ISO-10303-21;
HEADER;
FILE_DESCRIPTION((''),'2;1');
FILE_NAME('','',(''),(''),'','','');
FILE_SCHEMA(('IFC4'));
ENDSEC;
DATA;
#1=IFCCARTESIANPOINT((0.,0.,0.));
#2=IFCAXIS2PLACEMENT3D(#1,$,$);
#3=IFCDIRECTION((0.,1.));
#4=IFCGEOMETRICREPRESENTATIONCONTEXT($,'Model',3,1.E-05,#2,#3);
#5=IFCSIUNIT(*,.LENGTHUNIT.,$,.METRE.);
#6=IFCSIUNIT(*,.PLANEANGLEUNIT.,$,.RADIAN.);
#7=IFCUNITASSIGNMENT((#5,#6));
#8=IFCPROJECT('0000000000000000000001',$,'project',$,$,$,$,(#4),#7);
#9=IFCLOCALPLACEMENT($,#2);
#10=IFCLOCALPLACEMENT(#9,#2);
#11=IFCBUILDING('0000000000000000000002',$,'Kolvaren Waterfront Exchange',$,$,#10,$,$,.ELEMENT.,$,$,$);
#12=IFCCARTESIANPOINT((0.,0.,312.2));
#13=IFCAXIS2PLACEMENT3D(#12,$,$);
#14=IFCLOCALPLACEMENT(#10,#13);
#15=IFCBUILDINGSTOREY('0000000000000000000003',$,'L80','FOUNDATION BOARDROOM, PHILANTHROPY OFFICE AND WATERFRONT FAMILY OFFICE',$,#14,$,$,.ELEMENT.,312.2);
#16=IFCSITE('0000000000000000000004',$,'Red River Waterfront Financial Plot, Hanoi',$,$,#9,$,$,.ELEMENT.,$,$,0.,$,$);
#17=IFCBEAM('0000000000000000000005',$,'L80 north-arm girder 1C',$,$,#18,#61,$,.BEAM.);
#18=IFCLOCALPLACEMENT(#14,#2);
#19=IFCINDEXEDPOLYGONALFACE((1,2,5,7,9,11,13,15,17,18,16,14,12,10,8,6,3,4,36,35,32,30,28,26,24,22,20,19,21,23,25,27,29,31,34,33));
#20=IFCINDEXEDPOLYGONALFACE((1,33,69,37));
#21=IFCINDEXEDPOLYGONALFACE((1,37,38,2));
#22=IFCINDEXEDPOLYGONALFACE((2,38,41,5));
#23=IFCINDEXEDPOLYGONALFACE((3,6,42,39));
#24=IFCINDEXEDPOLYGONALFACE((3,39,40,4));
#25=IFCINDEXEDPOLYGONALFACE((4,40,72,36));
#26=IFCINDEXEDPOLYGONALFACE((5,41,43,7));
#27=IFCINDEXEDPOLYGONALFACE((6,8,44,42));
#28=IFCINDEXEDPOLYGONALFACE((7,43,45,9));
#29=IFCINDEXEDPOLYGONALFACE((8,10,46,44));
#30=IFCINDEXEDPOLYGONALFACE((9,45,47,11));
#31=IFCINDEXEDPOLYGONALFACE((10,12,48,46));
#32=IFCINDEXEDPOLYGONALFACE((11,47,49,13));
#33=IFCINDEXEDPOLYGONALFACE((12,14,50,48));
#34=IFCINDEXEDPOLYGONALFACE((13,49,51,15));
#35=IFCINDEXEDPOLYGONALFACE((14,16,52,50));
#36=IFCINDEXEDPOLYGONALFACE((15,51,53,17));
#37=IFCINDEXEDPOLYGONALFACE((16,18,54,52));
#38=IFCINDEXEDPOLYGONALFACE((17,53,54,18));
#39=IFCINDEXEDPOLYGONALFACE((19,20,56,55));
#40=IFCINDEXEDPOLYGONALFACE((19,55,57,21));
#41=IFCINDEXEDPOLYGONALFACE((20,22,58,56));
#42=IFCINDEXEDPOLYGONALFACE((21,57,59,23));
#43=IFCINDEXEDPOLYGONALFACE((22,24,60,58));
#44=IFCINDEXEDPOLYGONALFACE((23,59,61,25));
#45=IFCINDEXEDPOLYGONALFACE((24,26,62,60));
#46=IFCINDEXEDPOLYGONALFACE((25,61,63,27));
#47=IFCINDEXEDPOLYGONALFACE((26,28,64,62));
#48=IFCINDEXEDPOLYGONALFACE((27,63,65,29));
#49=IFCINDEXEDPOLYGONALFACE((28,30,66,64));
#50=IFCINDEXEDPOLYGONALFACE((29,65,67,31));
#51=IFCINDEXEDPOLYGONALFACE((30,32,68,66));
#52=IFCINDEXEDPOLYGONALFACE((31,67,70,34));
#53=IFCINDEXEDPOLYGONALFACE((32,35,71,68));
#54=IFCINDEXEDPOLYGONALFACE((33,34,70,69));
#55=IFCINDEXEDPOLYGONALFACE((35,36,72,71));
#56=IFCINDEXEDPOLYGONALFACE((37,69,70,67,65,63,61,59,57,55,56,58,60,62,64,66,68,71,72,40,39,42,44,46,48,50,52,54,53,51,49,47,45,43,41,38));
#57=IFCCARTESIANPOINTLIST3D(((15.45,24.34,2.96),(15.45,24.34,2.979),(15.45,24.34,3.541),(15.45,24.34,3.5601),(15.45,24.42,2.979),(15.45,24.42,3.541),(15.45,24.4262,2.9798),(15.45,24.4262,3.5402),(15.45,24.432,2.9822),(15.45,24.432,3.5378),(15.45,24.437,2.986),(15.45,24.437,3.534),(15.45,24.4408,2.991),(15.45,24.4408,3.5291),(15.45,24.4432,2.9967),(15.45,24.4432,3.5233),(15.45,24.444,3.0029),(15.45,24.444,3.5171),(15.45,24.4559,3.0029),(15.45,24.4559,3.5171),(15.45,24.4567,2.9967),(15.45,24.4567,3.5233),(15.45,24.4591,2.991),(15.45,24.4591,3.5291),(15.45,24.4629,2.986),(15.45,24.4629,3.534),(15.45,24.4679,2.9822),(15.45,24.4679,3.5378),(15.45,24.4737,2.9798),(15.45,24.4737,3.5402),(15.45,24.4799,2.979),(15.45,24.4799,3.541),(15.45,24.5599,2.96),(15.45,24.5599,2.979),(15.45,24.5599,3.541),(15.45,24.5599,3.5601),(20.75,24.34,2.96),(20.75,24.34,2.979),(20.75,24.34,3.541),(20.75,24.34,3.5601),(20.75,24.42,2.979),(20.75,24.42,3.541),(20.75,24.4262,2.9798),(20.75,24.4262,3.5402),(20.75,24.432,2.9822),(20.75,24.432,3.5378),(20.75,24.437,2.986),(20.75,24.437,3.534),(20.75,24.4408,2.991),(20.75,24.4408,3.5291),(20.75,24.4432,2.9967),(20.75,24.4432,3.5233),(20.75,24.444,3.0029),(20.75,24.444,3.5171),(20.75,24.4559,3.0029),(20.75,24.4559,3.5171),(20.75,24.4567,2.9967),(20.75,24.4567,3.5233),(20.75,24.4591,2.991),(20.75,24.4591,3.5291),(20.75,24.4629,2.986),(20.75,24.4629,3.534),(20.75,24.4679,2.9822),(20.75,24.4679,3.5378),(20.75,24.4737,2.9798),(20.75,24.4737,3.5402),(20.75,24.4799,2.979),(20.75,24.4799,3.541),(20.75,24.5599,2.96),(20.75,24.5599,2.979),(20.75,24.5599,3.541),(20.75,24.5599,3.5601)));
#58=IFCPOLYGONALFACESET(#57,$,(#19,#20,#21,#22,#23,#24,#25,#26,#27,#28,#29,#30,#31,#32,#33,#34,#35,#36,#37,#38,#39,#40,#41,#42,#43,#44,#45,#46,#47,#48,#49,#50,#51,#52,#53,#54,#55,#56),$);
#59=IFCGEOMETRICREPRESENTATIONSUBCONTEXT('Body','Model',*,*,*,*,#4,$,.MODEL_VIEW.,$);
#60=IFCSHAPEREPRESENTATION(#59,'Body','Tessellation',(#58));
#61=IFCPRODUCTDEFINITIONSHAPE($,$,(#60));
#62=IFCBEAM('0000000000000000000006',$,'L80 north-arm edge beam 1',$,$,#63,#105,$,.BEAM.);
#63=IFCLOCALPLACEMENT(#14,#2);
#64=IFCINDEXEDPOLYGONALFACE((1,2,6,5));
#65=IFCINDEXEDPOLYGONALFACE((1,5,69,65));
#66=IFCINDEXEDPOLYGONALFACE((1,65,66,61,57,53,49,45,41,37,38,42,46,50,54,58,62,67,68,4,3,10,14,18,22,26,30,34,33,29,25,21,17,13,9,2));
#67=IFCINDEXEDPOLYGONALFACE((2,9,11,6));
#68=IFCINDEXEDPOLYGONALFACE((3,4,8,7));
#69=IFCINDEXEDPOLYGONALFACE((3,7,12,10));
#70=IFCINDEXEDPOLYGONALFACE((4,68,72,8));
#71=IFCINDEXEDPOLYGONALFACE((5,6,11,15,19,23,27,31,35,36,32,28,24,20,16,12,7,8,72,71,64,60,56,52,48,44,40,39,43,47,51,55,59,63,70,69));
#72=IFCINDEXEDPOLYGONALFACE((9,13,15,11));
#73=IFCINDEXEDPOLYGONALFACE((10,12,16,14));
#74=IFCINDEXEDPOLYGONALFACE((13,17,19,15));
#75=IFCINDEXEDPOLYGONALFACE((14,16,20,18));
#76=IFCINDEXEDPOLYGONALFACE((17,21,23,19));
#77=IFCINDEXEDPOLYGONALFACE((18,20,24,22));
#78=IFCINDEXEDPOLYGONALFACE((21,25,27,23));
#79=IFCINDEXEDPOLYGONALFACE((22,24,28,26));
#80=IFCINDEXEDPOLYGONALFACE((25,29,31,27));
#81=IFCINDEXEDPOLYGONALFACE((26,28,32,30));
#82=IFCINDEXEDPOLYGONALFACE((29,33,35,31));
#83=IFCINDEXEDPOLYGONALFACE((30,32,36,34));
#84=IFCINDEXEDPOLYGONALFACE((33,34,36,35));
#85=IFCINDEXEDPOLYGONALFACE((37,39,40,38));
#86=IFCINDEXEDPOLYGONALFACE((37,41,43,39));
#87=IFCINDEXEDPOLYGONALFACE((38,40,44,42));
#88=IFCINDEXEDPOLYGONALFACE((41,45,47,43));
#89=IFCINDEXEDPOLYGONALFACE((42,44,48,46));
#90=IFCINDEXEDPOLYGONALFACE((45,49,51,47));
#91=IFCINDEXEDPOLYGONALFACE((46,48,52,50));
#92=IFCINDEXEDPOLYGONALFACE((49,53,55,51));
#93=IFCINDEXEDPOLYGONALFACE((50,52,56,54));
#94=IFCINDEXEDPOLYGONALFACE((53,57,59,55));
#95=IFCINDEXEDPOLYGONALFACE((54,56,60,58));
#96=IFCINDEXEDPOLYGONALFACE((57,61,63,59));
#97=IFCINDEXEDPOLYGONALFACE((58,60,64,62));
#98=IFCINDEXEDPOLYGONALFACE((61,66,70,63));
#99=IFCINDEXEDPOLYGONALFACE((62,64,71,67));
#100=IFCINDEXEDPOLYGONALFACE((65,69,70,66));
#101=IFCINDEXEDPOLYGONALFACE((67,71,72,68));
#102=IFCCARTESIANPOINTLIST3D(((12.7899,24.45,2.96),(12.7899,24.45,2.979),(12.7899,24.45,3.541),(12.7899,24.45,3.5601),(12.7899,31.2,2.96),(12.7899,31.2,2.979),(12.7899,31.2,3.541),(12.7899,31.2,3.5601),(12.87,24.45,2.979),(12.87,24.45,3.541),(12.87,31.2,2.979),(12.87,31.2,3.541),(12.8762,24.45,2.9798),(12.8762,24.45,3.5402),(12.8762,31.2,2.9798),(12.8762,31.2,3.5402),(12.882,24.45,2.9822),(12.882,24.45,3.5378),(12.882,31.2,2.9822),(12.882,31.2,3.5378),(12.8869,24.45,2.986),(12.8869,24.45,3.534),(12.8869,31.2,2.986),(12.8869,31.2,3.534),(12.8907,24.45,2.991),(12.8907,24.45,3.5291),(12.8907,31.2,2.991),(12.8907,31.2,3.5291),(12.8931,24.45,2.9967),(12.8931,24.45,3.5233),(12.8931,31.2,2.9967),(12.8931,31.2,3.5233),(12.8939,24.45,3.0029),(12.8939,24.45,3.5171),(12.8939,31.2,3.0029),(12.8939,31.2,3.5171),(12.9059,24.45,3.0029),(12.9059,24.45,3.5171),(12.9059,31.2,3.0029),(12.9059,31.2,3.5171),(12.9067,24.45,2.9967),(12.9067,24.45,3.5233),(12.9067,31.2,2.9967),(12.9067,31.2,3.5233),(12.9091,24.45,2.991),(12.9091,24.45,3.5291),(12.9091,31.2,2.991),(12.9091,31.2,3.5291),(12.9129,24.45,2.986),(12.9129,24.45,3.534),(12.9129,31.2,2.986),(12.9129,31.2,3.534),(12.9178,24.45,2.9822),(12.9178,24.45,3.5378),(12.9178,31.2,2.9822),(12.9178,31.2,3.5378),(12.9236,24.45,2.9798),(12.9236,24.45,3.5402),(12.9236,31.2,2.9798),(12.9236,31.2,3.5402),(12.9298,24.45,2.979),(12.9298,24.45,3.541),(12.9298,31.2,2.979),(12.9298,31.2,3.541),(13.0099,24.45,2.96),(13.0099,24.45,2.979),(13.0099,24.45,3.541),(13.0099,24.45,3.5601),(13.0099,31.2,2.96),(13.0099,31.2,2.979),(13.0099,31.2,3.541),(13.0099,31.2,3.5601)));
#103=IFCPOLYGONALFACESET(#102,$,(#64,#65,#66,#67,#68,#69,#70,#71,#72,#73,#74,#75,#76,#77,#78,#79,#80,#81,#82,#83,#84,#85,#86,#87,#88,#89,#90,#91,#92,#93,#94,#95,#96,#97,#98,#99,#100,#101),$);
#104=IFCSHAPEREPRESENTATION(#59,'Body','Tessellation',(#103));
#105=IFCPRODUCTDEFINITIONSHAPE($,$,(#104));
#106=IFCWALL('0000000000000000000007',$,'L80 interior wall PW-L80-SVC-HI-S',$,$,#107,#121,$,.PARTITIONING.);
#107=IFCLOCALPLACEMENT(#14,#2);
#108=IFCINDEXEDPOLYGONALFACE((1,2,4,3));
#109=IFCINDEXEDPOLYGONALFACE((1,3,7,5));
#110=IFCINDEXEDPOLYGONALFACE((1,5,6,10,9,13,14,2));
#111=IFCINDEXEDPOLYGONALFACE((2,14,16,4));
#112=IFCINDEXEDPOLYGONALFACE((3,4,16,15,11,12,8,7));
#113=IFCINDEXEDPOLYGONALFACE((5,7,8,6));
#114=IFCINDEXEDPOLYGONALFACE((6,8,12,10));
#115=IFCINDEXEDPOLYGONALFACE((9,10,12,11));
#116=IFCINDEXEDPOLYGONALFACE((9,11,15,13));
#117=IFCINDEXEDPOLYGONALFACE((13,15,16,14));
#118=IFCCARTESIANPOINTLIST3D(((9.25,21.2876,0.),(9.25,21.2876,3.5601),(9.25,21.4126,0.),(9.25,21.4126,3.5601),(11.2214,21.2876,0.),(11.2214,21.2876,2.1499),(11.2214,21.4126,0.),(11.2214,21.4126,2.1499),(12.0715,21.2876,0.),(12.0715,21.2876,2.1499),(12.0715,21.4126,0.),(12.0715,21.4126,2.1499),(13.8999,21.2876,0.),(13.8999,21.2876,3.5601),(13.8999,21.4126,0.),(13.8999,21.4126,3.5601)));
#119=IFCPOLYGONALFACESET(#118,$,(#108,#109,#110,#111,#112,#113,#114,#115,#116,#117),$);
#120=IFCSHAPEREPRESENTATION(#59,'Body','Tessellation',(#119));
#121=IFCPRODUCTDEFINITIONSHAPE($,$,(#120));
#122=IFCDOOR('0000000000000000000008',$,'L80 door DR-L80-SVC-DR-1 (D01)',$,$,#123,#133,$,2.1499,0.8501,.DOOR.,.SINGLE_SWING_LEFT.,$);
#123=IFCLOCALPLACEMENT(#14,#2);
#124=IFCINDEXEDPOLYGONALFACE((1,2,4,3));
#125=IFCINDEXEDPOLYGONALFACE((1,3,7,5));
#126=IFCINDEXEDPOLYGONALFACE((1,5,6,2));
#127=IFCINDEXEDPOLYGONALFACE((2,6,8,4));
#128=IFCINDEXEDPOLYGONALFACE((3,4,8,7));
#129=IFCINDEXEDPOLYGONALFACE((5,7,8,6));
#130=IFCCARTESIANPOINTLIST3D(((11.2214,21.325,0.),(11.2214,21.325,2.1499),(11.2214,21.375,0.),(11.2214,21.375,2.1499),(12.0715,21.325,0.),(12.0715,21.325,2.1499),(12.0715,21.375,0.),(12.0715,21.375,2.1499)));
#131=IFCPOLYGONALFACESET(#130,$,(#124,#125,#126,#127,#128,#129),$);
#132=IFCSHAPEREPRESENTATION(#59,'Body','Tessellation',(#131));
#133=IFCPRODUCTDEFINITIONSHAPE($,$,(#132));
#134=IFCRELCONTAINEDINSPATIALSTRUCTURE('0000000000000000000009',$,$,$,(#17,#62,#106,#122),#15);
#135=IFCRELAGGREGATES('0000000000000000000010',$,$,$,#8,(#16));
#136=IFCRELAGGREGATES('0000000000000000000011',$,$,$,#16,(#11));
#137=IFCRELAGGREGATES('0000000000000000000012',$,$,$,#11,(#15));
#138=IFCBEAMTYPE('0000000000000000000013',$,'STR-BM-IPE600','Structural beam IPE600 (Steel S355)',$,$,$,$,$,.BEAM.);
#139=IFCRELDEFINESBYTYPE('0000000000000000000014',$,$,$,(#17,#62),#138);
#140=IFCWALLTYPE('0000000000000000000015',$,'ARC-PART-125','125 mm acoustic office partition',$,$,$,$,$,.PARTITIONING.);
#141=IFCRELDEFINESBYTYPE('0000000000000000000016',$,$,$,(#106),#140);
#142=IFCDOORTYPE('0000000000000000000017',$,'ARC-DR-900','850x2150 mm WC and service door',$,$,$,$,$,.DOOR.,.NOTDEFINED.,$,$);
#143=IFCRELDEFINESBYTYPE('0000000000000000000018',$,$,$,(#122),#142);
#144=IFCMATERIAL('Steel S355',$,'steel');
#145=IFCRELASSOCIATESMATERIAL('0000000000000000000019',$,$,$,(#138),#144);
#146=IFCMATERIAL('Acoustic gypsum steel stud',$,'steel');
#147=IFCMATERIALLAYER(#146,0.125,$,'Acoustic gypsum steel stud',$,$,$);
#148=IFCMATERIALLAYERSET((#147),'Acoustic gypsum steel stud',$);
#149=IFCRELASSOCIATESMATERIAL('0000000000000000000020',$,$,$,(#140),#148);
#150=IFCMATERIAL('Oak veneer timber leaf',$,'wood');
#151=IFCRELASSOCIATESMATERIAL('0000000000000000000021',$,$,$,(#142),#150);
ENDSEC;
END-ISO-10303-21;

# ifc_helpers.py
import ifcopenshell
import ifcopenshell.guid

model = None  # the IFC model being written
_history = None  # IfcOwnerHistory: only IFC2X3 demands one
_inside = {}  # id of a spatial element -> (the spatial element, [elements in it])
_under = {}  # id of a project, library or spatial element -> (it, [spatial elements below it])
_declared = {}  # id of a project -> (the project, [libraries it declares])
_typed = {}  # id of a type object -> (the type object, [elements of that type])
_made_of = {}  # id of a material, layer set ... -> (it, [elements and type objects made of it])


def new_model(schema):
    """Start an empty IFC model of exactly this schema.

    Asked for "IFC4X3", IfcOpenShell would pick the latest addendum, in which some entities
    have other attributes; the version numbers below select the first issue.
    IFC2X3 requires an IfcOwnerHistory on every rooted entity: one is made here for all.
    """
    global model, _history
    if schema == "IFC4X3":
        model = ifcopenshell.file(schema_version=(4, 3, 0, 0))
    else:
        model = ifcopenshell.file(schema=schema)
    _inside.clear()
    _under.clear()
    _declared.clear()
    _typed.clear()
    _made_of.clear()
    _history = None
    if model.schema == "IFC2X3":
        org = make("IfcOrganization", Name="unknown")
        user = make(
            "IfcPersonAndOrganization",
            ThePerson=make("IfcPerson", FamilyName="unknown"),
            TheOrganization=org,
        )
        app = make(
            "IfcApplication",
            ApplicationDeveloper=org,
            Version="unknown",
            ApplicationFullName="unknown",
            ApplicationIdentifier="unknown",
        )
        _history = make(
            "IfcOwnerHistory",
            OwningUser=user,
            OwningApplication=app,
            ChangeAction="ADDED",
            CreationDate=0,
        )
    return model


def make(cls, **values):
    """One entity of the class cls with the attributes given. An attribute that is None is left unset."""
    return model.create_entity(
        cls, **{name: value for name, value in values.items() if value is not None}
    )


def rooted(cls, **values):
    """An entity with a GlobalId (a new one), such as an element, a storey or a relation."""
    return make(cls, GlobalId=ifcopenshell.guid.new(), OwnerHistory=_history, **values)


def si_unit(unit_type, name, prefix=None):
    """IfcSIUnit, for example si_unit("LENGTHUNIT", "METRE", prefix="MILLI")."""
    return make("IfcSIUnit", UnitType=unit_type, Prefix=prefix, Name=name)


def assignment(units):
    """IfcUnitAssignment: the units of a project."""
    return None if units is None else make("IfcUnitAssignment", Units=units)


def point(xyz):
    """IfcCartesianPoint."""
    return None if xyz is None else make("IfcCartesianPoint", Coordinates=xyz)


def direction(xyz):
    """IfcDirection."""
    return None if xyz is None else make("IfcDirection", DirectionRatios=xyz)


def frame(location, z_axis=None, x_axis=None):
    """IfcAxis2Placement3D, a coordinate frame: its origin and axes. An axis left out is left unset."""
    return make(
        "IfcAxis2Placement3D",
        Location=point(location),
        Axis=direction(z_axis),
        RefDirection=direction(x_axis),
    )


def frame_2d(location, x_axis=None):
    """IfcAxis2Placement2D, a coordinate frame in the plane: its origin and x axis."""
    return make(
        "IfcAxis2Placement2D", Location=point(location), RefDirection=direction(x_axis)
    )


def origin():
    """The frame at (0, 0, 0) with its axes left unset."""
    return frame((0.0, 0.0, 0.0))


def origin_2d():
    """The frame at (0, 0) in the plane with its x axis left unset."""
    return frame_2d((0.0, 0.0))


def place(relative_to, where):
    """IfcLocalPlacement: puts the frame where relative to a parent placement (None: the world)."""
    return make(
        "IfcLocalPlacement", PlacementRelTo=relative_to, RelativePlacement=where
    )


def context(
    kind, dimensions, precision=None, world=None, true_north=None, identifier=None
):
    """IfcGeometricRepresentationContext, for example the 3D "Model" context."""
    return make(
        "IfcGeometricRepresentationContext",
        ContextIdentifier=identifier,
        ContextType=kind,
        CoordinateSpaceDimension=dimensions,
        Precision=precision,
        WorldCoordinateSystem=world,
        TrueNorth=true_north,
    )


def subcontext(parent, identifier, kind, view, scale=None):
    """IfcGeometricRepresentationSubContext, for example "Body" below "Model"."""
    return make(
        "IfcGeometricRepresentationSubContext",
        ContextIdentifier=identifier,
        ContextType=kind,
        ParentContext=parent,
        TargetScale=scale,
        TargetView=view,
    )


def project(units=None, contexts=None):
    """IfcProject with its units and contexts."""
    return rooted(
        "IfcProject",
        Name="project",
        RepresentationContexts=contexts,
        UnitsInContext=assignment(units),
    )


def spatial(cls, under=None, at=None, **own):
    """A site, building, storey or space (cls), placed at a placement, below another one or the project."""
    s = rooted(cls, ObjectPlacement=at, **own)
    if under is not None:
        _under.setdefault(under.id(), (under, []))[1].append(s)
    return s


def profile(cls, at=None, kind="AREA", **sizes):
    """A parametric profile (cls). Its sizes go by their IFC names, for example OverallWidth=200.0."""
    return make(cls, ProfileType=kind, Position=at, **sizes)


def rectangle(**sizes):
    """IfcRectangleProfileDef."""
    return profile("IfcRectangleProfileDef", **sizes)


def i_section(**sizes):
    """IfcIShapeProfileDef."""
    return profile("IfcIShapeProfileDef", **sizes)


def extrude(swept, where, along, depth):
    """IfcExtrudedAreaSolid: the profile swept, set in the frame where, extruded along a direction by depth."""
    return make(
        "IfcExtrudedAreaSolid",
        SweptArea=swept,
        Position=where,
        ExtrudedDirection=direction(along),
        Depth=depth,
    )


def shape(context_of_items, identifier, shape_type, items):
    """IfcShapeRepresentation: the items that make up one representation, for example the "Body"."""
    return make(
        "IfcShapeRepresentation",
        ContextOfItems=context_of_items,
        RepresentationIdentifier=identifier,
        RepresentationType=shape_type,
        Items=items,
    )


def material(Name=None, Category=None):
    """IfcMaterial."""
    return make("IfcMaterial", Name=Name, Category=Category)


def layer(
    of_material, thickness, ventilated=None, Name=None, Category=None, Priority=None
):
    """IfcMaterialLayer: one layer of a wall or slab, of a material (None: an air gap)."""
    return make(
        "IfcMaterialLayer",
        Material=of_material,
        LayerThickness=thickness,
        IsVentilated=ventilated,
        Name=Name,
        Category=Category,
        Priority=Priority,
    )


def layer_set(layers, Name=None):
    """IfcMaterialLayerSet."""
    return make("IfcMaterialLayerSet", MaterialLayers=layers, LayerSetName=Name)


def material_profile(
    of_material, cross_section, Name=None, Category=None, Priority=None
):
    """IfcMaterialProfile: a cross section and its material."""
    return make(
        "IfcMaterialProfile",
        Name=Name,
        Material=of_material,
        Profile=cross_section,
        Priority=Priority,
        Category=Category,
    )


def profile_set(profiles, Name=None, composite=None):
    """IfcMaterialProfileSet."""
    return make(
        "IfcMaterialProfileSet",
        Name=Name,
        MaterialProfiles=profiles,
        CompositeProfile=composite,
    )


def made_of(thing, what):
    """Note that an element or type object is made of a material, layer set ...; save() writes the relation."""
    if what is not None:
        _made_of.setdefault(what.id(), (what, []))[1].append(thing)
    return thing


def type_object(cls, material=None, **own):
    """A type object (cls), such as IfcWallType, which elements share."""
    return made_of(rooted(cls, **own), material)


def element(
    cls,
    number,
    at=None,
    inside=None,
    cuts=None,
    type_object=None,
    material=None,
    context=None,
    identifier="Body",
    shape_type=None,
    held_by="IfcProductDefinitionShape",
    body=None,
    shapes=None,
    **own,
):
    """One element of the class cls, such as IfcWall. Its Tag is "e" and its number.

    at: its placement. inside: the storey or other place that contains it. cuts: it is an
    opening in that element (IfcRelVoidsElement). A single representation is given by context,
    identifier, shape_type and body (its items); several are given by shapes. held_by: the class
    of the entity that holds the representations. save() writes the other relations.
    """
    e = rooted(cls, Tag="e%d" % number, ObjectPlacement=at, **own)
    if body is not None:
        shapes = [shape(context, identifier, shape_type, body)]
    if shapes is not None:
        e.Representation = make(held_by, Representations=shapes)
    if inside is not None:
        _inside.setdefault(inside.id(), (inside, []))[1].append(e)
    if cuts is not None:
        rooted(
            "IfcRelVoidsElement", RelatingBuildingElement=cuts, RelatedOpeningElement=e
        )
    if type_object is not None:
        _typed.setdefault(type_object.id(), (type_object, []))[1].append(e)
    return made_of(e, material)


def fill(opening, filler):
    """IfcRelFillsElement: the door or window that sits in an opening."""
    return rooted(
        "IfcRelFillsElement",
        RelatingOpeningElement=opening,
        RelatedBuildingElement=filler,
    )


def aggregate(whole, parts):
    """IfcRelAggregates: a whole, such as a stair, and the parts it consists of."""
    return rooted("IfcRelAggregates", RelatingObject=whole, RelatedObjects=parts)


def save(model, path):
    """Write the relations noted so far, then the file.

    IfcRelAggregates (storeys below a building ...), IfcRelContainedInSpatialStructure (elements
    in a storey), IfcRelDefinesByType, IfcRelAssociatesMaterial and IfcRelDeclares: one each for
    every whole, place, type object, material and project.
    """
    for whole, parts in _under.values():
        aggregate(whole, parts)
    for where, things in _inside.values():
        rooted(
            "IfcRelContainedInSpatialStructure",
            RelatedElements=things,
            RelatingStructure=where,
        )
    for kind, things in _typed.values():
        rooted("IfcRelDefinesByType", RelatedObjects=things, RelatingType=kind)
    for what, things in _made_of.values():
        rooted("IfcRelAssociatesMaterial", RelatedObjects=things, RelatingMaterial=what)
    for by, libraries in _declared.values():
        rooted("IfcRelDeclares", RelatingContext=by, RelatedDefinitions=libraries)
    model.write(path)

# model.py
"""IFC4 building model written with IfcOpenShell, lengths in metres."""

from ifc_helpers import new_model, si_unit, direction, frame, frame_2d, origin, origin_2d, place, context, subcontext, project, spatial, rectangle, i_section, extrude, material, layer, layer_set, material_profile, profile_set, type_object, element, fill, save


model = new_model("IFC4")

# Units and contexts
model_context = context("Model", 3, precision=1e-05, world=origin(), true_north=direction((0.0, 1.0)))
body_context = subcontext(model_context, "Body", "Model", "MODEL_VIEW")
ifc_project = project(units=[si_unit("LENGTHUNIT", "METRE"), si_unit("PLANEANGLEUNIT", "RADIAN")], contexts=[model_context])

# Site, building, storey
site_placement = place(None, origin())
site = spatial("IfcSite", under=ifc_project, at=site_placement, Name="Red River Waterfront Financial Plot, Hanoi", CompositionType="ELEMENT", RefElevation=0.0)
building_placement = place(site_placement, origin())
building = spatial("IfcBuilding", under=site, at=building_placement, Name="Kolvaren Waterfront Exchange", CompositionType="ELEMENT")
storey_placement = place(building_placement, frame((0.0, 0.0, 312.2)))
storey = spatial("IfcBuildingStorey", under=building, at=storey_placement, Name="L80", Description="FOUNDATION BOARDROOM, PHILANTHROPY OFFICE AND WATERFRONT FAMILY OFFICE", CompositionType="ELEMENT", Elevation=312.2)

# Beams
ifc_material_1 = material(Name="Steel S355", Category="steel")
ifc_material_profile_1 = material_profile(ifc_material_1, i_section(OverallWidth=0.22, OverallDepth=0.6001, WebThickness=0.012, FlangeThickness=0.019, FilletRadius=0.0239, at=origin_2d()), Name="IPE600")
ifc_profile_set_1 = profile_set([ifc_material_profile_1], Name="Steel S355")
beam_type_1 = type_object("IfcBeamType", Name="STR-BM-IPE600", Description="Structural beam IPE600 (Steel S355)", PredefinedType="BEAM", material=ifc_profile_set_1)
beam_1_placement = place(storey_placement, frame((15.45, 24.45, 3.26), z_axis=(1.0, 0.0, 0.0), x_axis=(0.0, 1.0, 0.0)))
element("IfcBeam", 1, at=beam_1_placement, inside=storey, type_object=beam_type_1, Name="L80 north-arm girder 1C", PredefinedType="BEAM", context=body_context, shape_type="SweptSolid", body=[
    extrude(i_section(OverallWidth=0.22, OverallDepth=0.6001, WebThickness=0.012, FlangeThickness=0.019, FilletRadius=0.0239, at=origin_2d()), origin(), (0.0, 0.0, 1.0), 5.3),
])
beam_2_placement = place(storey_placement, frame((12.8999, 24.45, 3.26), z_axis=(0.0, 1.0, 0.0), x_axis=(-1.0, 0.0, 0.0)))
element("IfcBeam", 2, at=beam_2_placement, inside=storey, type_object=beam_type_1, Name="L80 north-arm edge beam 1", PredefinedType="BEAM", context=body_context, shape_type="SweptSolid", body=[
    extrude(i_section(OverallWidth=0.22, OverallDepth=0.6001, WebThickness=0.012, FlangeThickness=0.019, FilletRadius=0.0239, at=origin_2d()), origin(), (0.0, 0.0, 1.0), 6.75),
])

# Wall, opening, door
ifc_material_2 = material(Name="Acoustic gypsum steel stud", Category="steel")
ifc_layer_1 = layer(ifc_material_2, 0.125, Name="Acoustic gypsum steel stud")
ifc_layer_set_1 = layer_set([ifc_layer_1], Name="Acoustic gypsum steel stud")
wall_type_1 = type_object("IfcWallType", Name="ARC-PART-125", Description="125 mm acoustic office partition", PredefinedType="PARTITIONING", material=ifc_layer_set_1)
wall_1_placement = place(storey_placement, frame((9.25, 21.3501, 0.0), z_axis=(0.0, 0.0, 1.0), x_axis=(1.0, 0.0, 0.0)))
wall_1 = element("IfcWall", 3, at=wall_1_placement, inside=storey, type_object=wall_type_1, Name="L80 interior wall PW-L80-SVC-HI-S", PredefinedType="PARTITIONING", context=body_context, shape_type="SweptSolid", body=[
    extrude(rectangle(XDim=4.6499, YDim=0.125, at=frame_2d((2.325, 0.0))), origin(), (0.0, 0.0, 1.0), 3.5601),
])
opening_1_placement = place(wall_1_placement, frame((1.9714, 0.0, 0.0)))
opening_1 = element("IfcOpeningElement", 4, at=opening_1_placement, cuts=wall_1, PredefinedType="OPENING", context=body_context, shape_type="SweptSolid", body=[
    extrude(rectangle(XDim=0.8501, YDim=2.1499, at=frame_2d((0.425, 1.075))), frame((0.0, 0.0725, 0.0), z_axis=(0.0, -1.0, 0.0), x_axis=(1.0, 0.0, 0.0)), (0.0, 0.0, 1.0), 0.145),
])
ifc_material_3 = material(Name="Oak veneer timber leaf", Category="wood")
door_type_1 = type_object("IfcDoorType", Name="ARC-DR-900", Description="850x2150 mm WC and service door", OperationType="NOTDEFINED", PredefinedType="DOOR", material=ifc_material_3)
door_1_placement = place(opening_1_placement, origin())
door_1 = element("IfcDoor", 5, at=door_1_placement, inside=storey, type_object=door_type_1, Name="L80 door DR-L80-SVC-DR-1 (D01)", OperationType="SINGLE_SWING_LEFT", OverallHeight=2.1499, OverallWidth=0.8501, PredefinedType="DOOR", context=body_context, shape_type="SweptSolid", body=[
    extrude(rectangle(XDim=0.8501, YDim=2.1499, at=frame_2d((0.425, 1.075))), frame((0.0, 0.0249, 0.0), z_axis=(0.0, -1.0, 0.0), x_axis=(1.0, 0.0, 0.0)), (0.0, 0.0, 1.0), 0.05),
])
fill(opening_1, door_1)

save(model, "model.ifc")
